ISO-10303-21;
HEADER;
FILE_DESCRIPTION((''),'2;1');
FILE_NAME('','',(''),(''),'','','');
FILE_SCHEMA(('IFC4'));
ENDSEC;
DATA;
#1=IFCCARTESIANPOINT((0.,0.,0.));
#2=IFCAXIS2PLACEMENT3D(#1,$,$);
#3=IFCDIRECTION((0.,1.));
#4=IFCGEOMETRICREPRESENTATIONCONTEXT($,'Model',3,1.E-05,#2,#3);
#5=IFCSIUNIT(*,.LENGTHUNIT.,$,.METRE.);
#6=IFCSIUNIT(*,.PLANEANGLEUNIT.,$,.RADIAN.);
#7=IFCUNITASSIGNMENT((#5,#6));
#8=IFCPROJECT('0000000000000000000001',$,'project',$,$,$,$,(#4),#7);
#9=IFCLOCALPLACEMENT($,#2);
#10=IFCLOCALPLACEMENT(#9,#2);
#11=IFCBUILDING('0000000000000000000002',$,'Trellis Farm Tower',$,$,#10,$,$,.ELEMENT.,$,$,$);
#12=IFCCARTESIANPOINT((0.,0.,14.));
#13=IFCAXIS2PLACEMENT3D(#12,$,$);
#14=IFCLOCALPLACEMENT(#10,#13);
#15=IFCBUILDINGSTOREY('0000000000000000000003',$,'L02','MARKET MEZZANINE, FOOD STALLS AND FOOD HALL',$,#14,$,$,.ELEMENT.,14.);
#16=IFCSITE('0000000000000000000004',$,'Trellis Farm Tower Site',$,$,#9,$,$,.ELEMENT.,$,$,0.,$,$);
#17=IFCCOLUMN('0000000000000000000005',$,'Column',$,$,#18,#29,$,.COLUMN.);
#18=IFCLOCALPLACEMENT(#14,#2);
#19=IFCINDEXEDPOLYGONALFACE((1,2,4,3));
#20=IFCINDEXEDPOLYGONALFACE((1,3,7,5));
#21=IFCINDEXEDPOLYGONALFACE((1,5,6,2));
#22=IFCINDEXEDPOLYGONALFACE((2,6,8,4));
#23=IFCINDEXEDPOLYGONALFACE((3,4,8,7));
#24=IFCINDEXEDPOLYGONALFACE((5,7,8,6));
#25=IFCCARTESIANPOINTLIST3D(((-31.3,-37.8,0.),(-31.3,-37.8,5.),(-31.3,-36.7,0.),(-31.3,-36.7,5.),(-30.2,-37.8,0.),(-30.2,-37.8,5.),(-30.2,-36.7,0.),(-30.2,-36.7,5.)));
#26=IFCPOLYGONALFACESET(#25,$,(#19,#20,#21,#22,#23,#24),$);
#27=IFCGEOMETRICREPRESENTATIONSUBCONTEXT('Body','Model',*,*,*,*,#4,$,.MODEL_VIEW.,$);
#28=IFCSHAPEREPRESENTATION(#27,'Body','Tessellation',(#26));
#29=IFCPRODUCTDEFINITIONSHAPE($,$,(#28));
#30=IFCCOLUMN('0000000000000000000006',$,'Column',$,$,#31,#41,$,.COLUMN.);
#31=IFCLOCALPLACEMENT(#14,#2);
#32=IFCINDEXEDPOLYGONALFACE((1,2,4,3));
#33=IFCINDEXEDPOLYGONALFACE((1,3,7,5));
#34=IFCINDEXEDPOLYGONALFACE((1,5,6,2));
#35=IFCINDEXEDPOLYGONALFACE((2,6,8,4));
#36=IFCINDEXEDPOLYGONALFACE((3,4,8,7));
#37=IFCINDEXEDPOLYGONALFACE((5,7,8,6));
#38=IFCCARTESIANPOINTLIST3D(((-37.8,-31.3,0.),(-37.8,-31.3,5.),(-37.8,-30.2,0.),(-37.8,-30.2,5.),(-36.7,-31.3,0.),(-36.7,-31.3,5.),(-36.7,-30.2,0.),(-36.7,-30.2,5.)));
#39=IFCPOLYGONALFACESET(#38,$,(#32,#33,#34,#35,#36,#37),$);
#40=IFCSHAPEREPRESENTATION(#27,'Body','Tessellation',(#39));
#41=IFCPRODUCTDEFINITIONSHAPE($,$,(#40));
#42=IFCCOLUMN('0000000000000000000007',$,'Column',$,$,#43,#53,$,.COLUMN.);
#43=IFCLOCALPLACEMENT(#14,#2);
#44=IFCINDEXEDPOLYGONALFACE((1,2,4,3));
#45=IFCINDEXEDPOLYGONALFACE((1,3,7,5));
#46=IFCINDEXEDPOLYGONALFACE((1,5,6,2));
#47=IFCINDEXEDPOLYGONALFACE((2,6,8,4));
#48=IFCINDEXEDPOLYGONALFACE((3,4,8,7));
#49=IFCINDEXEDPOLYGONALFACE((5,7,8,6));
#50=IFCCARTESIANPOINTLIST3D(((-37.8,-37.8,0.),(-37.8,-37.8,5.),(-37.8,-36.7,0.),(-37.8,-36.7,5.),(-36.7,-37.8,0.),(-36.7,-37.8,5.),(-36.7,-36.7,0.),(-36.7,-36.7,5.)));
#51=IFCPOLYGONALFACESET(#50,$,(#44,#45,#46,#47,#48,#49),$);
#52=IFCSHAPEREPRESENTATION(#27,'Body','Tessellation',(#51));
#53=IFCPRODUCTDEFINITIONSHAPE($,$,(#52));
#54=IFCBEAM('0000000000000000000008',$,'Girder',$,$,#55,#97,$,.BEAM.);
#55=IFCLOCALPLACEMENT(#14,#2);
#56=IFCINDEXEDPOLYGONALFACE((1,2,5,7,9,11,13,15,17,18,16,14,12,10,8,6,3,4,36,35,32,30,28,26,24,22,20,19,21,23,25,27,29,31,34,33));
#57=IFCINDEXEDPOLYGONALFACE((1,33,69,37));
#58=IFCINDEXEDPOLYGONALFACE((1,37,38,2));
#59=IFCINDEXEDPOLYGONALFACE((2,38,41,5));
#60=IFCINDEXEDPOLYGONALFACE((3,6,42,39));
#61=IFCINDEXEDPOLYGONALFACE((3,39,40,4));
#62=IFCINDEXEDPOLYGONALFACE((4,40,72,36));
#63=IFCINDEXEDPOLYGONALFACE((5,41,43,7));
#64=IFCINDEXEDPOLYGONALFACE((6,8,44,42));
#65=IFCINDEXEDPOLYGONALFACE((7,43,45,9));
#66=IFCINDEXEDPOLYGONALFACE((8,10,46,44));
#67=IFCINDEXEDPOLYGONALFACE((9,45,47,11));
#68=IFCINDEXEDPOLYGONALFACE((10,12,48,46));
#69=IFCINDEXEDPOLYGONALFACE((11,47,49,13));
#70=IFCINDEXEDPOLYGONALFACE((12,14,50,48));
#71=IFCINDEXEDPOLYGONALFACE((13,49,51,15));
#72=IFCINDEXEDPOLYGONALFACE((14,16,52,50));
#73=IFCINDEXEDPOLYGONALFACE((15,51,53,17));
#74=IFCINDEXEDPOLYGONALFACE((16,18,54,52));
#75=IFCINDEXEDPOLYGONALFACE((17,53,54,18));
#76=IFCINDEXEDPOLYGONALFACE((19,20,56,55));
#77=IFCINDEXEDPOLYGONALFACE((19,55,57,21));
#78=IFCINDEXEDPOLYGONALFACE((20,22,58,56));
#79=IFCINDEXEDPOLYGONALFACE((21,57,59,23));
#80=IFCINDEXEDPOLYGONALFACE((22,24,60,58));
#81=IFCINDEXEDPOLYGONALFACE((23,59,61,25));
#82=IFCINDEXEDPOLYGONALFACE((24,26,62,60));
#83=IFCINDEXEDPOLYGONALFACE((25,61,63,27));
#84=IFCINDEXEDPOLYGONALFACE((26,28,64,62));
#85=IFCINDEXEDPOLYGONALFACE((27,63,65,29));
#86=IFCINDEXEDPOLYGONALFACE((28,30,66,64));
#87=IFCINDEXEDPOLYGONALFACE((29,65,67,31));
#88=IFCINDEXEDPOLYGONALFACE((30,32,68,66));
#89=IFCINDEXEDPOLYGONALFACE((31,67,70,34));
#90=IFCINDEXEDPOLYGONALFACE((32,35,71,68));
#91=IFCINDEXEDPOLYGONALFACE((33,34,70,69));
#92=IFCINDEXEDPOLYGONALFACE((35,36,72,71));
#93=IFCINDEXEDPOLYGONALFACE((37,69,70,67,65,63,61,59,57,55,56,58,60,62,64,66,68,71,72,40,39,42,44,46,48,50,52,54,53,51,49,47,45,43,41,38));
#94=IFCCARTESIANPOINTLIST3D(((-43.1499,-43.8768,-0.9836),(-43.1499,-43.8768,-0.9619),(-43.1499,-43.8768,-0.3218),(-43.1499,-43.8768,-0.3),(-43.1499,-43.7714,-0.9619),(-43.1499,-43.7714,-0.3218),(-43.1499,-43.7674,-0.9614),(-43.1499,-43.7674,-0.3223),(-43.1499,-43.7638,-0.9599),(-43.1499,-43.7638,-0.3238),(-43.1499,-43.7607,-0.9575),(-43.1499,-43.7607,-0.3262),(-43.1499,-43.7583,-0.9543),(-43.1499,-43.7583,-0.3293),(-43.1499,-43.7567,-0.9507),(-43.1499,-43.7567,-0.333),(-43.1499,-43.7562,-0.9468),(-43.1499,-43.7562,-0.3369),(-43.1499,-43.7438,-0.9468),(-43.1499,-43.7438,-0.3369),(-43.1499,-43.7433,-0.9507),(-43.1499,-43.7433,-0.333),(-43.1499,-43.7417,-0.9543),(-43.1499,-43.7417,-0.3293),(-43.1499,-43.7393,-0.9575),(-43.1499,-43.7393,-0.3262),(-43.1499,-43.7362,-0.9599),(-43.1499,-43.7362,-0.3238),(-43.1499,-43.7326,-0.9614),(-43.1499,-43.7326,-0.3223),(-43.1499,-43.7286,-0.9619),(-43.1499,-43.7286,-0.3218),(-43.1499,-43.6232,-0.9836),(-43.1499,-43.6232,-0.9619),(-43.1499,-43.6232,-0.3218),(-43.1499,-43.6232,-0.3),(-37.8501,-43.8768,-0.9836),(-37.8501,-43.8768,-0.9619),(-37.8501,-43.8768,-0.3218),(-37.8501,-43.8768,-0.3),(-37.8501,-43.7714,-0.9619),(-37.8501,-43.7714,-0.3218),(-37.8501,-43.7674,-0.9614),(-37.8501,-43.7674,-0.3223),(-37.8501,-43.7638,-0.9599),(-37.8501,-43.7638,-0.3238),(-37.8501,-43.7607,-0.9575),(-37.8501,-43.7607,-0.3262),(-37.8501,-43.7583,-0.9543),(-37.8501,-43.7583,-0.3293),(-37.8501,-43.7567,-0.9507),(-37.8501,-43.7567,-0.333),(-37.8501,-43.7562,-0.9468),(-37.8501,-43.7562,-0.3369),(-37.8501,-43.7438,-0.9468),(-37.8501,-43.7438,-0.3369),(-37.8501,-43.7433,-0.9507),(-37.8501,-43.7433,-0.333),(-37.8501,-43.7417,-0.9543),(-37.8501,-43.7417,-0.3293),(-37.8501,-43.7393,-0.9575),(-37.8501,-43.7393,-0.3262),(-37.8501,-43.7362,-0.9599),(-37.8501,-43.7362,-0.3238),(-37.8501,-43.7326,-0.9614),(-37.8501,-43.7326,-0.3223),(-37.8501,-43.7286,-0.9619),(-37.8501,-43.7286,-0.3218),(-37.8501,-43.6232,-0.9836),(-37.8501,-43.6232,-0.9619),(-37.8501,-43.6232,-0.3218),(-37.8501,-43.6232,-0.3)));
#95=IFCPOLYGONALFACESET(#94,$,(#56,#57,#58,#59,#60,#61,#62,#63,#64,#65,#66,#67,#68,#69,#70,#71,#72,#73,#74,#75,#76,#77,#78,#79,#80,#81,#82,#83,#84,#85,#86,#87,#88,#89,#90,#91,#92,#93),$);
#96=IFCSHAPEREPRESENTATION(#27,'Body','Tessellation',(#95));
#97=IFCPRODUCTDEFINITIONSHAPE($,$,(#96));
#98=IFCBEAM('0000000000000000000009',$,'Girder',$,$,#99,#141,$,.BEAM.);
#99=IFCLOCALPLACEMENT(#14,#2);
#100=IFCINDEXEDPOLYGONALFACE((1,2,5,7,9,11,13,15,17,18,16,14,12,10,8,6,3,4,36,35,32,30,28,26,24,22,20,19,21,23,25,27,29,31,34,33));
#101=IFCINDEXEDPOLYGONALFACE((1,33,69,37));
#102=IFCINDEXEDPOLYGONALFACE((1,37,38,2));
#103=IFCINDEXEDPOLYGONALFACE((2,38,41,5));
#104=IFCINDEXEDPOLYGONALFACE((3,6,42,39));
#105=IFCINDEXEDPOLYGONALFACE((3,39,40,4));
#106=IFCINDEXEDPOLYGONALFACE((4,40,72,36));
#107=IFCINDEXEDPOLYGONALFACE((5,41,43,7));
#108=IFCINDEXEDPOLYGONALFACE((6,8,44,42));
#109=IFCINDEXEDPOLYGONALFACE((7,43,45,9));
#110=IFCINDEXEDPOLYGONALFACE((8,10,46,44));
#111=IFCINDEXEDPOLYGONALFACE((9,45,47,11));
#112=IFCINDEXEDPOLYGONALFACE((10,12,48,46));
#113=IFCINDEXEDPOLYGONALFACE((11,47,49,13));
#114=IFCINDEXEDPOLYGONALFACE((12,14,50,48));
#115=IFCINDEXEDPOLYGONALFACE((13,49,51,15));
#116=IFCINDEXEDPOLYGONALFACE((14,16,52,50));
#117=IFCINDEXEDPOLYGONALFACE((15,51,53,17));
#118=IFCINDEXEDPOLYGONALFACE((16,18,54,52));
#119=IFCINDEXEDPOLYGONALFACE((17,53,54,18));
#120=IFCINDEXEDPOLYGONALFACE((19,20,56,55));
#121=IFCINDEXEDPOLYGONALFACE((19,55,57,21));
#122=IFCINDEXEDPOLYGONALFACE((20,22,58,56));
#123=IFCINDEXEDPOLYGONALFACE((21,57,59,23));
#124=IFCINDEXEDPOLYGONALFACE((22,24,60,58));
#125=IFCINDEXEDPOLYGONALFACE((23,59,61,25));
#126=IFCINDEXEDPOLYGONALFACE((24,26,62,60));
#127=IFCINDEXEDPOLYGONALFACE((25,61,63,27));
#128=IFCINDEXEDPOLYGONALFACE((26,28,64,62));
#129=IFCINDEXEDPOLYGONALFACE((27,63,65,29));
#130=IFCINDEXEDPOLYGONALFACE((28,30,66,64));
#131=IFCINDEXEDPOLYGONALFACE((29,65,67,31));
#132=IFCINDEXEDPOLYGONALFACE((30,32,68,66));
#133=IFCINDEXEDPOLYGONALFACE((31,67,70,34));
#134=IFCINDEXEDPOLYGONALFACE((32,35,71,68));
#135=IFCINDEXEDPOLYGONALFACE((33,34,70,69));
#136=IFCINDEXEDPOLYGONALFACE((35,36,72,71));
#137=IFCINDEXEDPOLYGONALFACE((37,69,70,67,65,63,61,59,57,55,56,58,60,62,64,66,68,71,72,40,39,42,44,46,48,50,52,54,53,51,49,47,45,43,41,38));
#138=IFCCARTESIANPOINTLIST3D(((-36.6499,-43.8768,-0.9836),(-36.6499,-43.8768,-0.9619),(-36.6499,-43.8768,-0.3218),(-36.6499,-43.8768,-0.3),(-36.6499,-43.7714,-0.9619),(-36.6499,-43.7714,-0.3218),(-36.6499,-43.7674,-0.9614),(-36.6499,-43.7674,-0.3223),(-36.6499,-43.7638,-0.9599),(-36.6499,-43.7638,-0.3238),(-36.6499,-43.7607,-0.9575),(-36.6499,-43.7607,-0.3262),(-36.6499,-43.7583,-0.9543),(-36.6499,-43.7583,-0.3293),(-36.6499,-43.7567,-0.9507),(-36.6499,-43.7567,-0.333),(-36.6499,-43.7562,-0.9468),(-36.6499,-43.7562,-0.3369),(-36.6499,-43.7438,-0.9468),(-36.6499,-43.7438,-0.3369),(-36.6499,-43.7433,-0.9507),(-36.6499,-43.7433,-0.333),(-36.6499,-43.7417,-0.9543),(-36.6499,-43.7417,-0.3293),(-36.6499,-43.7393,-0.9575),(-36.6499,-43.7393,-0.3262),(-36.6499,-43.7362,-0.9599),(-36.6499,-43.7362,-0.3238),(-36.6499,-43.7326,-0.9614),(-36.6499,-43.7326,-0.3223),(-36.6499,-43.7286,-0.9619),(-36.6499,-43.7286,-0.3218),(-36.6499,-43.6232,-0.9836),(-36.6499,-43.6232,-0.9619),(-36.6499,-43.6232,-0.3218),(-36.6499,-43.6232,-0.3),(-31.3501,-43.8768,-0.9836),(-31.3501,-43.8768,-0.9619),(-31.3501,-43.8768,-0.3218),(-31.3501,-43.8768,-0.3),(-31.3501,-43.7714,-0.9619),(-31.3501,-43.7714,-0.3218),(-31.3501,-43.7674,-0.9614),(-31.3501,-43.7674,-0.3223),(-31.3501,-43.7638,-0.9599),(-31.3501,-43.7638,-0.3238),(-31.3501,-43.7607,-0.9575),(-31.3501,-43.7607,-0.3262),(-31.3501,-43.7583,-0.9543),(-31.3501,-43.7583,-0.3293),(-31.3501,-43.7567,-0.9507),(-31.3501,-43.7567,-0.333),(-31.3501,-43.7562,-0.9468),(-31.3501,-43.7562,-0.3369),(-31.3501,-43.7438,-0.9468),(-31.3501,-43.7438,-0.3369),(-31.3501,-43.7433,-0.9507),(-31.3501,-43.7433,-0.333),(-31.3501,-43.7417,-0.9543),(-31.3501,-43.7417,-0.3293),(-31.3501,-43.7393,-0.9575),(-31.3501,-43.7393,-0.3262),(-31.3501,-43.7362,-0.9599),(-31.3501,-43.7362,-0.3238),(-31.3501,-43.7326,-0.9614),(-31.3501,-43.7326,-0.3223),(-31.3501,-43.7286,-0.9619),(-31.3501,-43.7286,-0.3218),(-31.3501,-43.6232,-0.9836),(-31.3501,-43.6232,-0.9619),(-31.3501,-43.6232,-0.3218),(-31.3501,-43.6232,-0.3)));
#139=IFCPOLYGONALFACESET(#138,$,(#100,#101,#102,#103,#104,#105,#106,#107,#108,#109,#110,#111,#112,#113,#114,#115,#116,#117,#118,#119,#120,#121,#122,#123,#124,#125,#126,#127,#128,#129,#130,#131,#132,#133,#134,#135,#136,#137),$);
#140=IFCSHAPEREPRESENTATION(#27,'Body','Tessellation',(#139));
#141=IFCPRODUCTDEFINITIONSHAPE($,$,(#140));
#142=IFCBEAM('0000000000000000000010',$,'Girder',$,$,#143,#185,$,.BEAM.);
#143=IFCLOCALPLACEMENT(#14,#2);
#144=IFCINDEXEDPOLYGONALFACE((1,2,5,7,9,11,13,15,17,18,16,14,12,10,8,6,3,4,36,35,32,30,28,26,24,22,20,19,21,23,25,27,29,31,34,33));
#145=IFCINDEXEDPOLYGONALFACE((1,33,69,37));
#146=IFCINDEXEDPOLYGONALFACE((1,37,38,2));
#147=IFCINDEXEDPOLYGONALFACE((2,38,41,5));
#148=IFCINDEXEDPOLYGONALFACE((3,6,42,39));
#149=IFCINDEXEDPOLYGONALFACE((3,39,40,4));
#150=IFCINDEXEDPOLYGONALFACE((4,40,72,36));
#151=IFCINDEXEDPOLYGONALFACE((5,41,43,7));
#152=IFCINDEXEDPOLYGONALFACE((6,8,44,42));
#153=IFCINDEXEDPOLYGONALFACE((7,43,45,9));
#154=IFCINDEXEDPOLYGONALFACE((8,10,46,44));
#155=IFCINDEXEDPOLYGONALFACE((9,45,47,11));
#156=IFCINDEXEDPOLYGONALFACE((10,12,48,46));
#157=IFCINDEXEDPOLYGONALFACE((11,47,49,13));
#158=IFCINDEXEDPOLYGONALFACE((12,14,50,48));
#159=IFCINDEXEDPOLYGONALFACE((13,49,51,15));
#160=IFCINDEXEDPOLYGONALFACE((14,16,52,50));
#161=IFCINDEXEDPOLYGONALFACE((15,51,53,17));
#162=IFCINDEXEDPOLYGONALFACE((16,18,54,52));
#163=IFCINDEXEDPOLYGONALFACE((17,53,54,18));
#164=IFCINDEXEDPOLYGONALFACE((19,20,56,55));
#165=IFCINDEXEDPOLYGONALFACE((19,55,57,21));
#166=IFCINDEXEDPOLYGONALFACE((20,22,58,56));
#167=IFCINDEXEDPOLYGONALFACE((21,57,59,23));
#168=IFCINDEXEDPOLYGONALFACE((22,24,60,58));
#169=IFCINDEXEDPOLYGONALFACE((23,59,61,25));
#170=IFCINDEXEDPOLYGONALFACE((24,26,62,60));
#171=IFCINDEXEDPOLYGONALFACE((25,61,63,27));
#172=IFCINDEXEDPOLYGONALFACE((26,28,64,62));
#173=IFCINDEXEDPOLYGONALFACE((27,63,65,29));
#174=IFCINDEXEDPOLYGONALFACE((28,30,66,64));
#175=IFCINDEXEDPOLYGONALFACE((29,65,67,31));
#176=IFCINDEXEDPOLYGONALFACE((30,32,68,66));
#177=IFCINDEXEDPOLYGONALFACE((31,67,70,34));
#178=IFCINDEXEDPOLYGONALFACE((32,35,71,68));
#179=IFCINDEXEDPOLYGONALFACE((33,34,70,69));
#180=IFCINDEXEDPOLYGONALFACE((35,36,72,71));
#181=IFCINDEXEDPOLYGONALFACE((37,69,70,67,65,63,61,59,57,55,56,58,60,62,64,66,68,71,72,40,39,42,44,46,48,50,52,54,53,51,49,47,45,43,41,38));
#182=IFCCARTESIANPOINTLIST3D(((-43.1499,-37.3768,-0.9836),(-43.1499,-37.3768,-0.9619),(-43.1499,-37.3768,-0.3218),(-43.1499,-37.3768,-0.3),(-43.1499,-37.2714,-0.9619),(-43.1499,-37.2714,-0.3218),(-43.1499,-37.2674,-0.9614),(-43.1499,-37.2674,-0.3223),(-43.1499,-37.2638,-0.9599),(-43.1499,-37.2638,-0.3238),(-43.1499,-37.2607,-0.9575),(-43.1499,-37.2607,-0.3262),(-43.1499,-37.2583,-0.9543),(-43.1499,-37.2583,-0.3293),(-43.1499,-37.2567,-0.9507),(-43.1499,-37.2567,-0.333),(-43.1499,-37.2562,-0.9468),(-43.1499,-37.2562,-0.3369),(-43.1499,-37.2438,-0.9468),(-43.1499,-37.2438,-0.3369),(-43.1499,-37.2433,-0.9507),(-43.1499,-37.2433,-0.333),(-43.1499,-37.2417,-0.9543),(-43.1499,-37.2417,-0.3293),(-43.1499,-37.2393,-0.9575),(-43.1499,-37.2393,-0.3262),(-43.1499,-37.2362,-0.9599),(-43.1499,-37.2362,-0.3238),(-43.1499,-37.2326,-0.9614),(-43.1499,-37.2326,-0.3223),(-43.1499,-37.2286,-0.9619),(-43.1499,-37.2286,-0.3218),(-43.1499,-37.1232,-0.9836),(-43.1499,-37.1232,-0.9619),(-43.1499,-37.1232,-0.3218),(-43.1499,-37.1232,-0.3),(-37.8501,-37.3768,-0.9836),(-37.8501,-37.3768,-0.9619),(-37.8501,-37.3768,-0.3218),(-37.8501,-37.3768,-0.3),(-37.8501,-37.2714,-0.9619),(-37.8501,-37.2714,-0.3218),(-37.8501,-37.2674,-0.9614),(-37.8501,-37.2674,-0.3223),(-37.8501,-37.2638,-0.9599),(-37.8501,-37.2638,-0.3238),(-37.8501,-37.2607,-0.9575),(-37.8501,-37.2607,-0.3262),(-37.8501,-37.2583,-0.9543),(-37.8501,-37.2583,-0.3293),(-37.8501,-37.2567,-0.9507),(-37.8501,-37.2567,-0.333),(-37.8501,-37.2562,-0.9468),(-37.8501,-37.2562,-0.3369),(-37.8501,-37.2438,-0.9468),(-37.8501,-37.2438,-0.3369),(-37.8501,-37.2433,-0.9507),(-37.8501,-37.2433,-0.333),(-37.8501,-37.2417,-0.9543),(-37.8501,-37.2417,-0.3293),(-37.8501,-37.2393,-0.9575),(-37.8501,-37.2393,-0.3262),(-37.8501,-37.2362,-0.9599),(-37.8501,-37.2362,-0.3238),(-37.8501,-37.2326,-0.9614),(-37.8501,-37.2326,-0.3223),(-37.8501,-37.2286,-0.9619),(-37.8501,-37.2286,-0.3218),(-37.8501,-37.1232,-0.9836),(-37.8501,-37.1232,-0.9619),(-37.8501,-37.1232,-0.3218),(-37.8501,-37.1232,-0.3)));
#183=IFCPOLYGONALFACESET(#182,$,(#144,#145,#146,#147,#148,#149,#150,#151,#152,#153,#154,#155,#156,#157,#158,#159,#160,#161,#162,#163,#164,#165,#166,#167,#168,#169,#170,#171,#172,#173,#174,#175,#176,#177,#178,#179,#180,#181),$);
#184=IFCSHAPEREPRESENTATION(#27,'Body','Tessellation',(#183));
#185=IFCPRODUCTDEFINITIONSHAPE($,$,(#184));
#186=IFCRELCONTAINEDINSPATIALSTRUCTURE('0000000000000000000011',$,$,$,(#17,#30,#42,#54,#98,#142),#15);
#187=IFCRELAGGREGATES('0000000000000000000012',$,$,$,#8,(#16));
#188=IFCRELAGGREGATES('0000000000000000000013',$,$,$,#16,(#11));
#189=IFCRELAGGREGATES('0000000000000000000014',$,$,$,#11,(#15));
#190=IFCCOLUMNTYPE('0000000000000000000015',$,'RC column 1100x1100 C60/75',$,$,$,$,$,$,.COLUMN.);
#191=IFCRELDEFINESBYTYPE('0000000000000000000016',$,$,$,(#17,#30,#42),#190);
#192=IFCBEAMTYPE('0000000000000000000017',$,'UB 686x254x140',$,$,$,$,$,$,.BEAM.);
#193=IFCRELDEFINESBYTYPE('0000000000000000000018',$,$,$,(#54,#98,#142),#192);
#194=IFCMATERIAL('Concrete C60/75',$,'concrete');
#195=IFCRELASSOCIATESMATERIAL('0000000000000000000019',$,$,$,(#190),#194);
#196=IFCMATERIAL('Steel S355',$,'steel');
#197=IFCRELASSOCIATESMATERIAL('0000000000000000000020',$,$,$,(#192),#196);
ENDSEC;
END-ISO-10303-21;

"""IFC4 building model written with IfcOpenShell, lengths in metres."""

from ifc_helpers import new_model, si_unit, direction, frame, origin, origin_2d, place, context, subcontext, project, spatial, rectangle, i_section, extrude, source, transform, mapped, material, material_profile, profile_set, type_object, element, save


model = new_model("IFC4")

# Units and contexts
model_context = context("Model", 3, precision=1e-05, world=origin(), true_north=direction((0.0, 1.0)))
body_context = subcontext(model_context, "Body", "Model", "MODEL_VIEW")
ifc_project = project(units=[si_unit("LENGTHUNIT", "METRE"), si_unit("PLANEANGLEUNIT", "RADIAN")], contexts=[model_context])

# Site, building, storey
site_placement = place(None, origin())
site = spatial("IfcSite", under=ifc_project, at=site_placement, Name="Trellis Farm Tower Site", CompositionType="ELEMENT", RefElevation=0.0)
building_placement = place(site_placement, origin())
building = spatial("IfcBuilding", under=site, at=building_placement, Name="Trellis Farm Tower", CompositionType="ELEMENT")
storey_placement = place(building_placement, frame((0.0, 0.0, 14.0)))
storey = spatial("IfcBuildingStorey", under=building, at=storey_placement, Name="L02", Description="MARKET MEZZANINE, FOOD STALLS AND FOOD HALL", CompositionType="ELEMENT", Elevation=14.0)

# Columns
ifc_material_1 = material(Name="Concrete C60/75", Category="concrete")
ifc_material_profile_1 = material_profile(ifc_material_1, rectangle(XDim=1.1001, YDim=1.1001, at=origin_2d()), Name="RC column 1100x1100 C60/75")
ifc_profile_set_1 = profile_set([ifc_material_profile_1], Name="Concrete C60/75")
column_type = type_object("IfcColumnType", Name="RC column 1100x1100 C60/75", PredefinedType="COLUMN", material=ifc_profile_set_1)
shared_shape_1 = source(origin(), body_context, "Body", "SweptSolid", [
    extrude(rectangle(XDim=1.1001, YDim=1.1001, at=origin_2d()), origin(), (0.0, 0.0, 1.0), 5.0),
])
for number, where, z_axis, x_axis, name in (
    (1, (-30.75, -37.25, 0.0), (0.0, 0.0, 1.0), (1.0, 0.0, 0.0), "Column"),
    (2, (-37.25, -30.75, 0.0), (0.0, 0.0, 1.0), (1.0, 0.0, 0.0), "Column"),
    (3, (-37.25, -37.25, 0.0), (0.0, 0.0, 1.0), (1.0, 0.0, 0.0), "Column"),
):
    element("IfcColumn", number, at=place(storey_placement, frame(where, z_axis=z_axis, x_axis=x_axis)), inside=storey, type_object=column_type, Name=name, PredefinedType="COLUMN", context=body_context, shape_type="MappedRepresentation", body=[
        mapped(shared_shape_1, transform((0.0, 0.0, 0.0))),
    ])

# Beams
ifc_material_2 = material(Name="Steel S355", Category="steel")
ifc_material_profile_2 = material_profile(ifc_material_2, i_section(OverallWidth=0.2537, OverallDepth=0.6836, WebThickness=0.0125, FlangeThickness=0.0217, FilletRadius=0.0151, at=origin_2d()), Name="UB 686x254x140")
ifc_profile_set_2 = profile_set([ifc_material_profile_2], Name="Steel S355")
beam_type_1 = type_object("IfcBeamType", Name="UB 686x254x140", PredefinedType="BEAM", material=ifc_profile_set_2)
shared_shape_2 = source(origin(), body_context, "Body", "SweptSolid", [
    extrude(i_section(OverallWidth=0.2537, OverallDepth=0.6836, WebThickness=0.0125, FlangeThickness=0.0217, FilletRadius=0.0151, at=origin_2d()), origin(), (0.0, 0.0, 1.0), 5.2998),
])
for number, where, z_axis, x_axis, name in (
    (4, (-43.1499, -43.75, -0.6418), (1.0, 0.0, 0.0), (0.0, 1.0, 0.0), "Girder"),
    (5, (-36.6499, -43.75, -0.6418), (1.0, 0.0, 0.0), (0.0, 1.0, 0.0), "Girder"),
    (6, (-43.1499, -37.25, -0.6418), (1.0, 0.0, 0.0), (0.0, 1.0, 0.0), "Girder"),
):
    element("IfcBeam", number, at=place(storey_placement, frame(where, z_axis=z_axis, x_axis=x_axis)), inside=storey, type_object=beam_type_1, Name=name, PredefinedType="BEAM", context=body_context, shape_type="MappedRepresentation", body=[
        mapped(shared_shape_2, transform((0.0, 0.0, 0.0))),
    ])

save(model, "model.ifc")
